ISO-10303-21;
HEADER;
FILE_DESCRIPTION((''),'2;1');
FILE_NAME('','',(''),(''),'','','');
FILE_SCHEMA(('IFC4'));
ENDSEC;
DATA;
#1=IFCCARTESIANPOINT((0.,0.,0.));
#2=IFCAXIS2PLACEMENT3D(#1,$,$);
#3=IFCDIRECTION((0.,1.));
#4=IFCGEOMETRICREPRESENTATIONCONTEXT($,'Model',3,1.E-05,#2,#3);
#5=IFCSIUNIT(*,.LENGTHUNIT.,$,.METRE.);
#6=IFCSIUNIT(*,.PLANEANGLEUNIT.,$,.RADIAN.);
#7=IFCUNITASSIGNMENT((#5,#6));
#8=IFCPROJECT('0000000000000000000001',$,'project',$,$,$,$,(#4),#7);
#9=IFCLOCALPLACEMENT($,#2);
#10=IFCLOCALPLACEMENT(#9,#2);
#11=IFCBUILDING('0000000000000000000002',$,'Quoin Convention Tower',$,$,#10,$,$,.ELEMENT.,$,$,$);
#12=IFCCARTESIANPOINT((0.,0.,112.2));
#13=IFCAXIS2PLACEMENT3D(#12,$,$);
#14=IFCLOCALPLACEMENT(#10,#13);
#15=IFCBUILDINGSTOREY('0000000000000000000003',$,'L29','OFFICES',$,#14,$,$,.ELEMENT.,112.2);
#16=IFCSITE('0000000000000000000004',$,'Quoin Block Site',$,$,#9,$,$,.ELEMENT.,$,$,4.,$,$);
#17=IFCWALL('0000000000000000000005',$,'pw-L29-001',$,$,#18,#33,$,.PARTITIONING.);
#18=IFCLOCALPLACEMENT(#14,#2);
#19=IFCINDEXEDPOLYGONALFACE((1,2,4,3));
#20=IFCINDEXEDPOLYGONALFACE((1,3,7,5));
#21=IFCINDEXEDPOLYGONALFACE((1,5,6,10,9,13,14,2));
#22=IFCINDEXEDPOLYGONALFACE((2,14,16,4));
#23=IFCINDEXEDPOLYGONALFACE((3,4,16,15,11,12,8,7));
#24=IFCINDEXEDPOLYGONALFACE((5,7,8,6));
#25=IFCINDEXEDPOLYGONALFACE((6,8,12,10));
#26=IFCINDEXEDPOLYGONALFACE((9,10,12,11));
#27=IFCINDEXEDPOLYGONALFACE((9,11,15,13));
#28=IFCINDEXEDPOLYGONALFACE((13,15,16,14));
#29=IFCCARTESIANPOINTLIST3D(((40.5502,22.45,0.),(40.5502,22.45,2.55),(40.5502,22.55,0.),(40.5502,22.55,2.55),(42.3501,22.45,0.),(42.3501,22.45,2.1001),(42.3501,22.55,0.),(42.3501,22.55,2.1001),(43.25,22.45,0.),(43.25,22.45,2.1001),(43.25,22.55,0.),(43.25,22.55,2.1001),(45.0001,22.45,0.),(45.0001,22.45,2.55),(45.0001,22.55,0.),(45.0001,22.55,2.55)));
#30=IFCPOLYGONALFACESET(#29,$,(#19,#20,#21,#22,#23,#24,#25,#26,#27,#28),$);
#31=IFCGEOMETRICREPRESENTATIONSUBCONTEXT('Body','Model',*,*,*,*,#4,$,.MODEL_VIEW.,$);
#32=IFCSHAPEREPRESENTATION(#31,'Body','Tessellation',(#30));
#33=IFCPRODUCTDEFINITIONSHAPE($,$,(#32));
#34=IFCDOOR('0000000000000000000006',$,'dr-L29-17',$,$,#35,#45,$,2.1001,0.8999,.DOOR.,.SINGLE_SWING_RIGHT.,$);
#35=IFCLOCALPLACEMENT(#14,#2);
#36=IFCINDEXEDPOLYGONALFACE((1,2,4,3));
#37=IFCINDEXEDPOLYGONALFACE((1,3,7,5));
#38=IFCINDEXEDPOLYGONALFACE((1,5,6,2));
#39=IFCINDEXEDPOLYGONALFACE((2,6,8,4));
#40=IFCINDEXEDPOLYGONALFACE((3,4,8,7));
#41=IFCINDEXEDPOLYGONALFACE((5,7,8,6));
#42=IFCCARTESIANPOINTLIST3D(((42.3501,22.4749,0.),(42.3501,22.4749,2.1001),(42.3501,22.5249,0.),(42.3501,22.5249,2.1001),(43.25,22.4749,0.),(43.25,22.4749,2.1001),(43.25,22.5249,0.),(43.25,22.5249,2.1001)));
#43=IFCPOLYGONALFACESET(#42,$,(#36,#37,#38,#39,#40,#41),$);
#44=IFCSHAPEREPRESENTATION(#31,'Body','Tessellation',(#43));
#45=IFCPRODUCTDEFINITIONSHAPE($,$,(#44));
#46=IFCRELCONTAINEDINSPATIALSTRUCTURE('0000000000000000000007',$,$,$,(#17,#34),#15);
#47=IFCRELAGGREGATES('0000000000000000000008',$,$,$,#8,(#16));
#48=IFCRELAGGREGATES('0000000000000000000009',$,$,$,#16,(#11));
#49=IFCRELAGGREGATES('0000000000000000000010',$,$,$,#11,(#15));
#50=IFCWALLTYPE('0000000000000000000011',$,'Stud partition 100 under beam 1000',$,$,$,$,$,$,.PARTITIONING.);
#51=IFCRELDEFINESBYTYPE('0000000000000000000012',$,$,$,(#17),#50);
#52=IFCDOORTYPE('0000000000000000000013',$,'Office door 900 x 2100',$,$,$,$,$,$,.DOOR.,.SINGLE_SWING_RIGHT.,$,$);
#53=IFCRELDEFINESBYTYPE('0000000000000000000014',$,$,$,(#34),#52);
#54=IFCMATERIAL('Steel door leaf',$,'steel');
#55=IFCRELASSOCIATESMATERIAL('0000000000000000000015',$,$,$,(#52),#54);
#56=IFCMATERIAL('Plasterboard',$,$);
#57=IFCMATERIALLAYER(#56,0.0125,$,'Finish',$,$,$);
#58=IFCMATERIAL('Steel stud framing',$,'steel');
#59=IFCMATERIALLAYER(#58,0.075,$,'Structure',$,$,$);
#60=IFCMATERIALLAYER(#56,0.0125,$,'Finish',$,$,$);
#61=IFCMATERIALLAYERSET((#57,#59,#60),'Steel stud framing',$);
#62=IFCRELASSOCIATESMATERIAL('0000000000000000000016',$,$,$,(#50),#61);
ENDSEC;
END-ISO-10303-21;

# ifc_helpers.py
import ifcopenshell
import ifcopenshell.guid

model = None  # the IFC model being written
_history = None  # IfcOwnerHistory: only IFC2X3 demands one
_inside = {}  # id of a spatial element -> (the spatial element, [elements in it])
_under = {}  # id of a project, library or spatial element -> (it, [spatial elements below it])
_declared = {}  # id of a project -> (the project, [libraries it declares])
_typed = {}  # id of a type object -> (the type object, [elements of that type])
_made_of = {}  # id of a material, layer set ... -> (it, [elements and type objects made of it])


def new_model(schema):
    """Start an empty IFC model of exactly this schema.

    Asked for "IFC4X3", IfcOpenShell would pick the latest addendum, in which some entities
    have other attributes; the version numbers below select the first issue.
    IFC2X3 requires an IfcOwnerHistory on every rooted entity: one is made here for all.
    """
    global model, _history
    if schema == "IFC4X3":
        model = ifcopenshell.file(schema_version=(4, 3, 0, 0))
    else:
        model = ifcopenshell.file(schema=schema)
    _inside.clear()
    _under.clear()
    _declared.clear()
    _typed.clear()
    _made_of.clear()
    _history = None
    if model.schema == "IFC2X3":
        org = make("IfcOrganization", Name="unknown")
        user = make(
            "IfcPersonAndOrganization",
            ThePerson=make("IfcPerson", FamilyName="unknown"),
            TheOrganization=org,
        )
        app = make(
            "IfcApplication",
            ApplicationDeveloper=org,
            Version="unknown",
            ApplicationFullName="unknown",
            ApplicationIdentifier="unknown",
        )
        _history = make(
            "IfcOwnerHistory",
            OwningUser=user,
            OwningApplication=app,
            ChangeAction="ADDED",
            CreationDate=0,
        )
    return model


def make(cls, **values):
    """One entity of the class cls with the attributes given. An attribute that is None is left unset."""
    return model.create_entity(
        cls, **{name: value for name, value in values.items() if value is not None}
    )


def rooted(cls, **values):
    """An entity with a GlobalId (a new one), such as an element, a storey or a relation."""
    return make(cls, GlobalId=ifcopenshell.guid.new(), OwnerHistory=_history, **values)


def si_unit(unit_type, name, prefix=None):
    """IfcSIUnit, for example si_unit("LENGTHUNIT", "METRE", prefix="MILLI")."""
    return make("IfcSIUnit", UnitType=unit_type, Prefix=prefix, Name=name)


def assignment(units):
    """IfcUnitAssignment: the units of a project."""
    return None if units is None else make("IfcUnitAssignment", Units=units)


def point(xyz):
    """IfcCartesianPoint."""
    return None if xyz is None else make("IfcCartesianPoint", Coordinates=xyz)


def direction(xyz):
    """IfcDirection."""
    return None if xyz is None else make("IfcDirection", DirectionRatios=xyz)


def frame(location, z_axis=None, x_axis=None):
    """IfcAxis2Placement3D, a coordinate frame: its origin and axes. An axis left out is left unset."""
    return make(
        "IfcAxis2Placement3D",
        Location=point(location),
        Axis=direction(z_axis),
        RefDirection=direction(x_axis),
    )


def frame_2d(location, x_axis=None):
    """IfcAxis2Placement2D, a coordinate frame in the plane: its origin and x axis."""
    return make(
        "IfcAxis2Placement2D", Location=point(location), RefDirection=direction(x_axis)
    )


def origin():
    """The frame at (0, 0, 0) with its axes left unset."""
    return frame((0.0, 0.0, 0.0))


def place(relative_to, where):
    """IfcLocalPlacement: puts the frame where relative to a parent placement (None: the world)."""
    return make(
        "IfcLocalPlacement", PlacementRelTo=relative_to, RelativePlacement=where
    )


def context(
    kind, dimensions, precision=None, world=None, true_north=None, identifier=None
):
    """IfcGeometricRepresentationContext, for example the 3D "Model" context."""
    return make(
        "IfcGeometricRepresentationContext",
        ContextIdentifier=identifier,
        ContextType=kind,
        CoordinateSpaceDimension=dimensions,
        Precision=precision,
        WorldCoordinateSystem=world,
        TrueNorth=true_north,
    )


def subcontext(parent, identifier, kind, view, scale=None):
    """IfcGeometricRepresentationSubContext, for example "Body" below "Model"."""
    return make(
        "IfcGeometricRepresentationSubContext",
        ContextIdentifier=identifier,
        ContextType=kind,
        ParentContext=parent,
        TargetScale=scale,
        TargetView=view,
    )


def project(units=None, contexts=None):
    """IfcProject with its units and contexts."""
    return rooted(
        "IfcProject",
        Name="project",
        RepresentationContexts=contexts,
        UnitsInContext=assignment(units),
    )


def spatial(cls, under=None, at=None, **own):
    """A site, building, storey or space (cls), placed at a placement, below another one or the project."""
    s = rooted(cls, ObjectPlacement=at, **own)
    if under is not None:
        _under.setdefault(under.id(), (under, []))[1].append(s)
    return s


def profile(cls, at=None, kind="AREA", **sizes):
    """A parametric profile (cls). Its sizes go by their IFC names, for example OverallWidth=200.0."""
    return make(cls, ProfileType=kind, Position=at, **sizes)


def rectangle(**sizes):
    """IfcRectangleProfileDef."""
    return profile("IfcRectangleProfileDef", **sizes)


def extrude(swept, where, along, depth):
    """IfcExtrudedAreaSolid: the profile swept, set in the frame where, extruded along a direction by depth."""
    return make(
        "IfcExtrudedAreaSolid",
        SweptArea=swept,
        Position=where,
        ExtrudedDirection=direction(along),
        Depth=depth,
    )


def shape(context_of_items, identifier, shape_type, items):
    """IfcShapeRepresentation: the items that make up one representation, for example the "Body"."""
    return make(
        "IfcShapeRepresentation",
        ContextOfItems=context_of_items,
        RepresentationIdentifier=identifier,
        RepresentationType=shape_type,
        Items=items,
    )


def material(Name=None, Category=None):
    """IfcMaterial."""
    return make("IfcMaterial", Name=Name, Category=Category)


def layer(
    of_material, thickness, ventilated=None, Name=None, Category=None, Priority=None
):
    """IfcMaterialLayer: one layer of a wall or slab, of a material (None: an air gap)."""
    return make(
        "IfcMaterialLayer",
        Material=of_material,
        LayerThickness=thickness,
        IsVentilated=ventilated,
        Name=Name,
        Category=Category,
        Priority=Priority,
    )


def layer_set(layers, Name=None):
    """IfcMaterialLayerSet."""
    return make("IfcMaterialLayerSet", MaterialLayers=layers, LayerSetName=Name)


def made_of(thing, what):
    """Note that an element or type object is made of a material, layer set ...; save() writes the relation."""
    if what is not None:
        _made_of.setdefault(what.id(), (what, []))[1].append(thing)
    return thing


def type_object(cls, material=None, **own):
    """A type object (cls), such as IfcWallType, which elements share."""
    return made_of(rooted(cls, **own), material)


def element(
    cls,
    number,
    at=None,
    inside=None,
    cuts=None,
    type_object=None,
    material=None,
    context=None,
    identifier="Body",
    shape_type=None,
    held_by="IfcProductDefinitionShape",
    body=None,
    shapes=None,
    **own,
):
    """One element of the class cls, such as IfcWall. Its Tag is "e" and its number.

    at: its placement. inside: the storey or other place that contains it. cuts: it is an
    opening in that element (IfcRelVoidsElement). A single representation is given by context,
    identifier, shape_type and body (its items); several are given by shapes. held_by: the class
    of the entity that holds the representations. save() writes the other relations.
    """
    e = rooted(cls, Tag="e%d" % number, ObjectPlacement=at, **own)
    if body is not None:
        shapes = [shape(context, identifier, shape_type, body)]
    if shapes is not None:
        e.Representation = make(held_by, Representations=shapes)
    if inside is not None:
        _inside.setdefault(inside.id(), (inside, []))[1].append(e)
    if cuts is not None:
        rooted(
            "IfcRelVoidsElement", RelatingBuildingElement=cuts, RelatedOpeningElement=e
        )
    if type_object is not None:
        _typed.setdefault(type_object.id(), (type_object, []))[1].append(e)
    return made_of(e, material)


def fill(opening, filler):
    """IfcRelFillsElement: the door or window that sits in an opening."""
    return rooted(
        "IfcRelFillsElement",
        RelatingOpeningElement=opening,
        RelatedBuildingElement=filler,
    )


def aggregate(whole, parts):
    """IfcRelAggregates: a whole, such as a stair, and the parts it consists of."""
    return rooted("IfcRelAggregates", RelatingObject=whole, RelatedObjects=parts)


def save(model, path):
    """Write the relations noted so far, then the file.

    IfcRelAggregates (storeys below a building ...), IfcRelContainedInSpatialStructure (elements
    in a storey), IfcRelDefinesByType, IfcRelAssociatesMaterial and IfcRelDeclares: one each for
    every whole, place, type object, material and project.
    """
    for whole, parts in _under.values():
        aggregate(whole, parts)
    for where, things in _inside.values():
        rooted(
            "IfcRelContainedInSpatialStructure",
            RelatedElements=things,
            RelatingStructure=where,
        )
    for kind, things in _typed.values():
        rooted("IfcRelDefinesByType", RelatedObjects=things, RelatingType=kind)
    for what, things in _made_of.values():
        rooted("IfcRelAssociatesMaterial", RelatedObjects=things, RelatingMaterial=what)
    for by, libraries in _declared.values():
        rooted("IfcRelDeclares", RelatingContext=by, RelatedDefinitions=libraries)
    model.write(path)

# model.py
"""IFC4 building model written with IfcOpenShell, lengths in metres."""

from ifc_helpers import new_model, si_unit, direction, frame, frame_2d, origin, place, context, subcontext, project, spatial, rectangle, extrude, material, layer, layer_set, type_object, element, fill, save


model = new_model("IFC4")

# Units and contexts
model_context = context("Model", 3, precision=1e-05, world=origin(), true_north=direction((0.0, 1.0)))
body_context = subcontext(model_context, "Body", "Model", "MODEL_VIEW")
ifc_project = project(units=[si_unit("LENGTHUNIT", "METRE"), si_unit("PLANEANGLEUNIT", "RADIAN")], contexts=[model_context])

# Site, building, storey
site_placement = place(None, origin())
site = spatial("IfcSite", under=ifc_project, at=site_placement, Name="Quoin Block Site", CompositionType="ELEMENT", RefElevation=4.0)
building_placement = place(site_placement, origin())
building = spatial("IfcBuilding", under=site, at=building_placement, Name="Quoin Convention Tower", CompositionType="ELEMENT")
storey_placement = place(building_placement, frame((0.0, 0.0, 112.2)))
storey = spatial("IfcBuildingStorey", under=building, at=storey_placement, Name="L29", Description="OFFICES", CompositionType="ELEMENT", Elevation=112.2)

# Shared definitions
ifc_material_1 = material(Name="Plasterboard")
ifc_material_2 = material(Name="Steel stud framing", Category="steel")

# Shared definitions
ifc_material_3 = material(Name="Steel door leaf", Category="steel")
door_type = type_object("IfcDoorType", Name="Office door 900 x 2100", OperationType="SINGLE_SWING_RIGHT", PredefinedType="DOOR", material=ifc_material_3)

# Wall, opening, door
ifc_layer_1 = layer(ifc_material_1, 0.0125, Name="Finish")
ifc_layer_2 = layer(ifc_material_2, 0.075, Name="Structure")
ifc_layer_3 = layer(ifc_material_1, 0.0125, Name="Finish")
ifc_layer_set_1 = layer_set([ifc_layer_1, ifc_layer_2, ifc_layer_3], Name="Steel stud framing")
wall_type_1 = type_object("IfcWallType", Name="Stud partition 100 under beam 1000", PredefinedType="PARTITIONING", material=ifc_layer_set_1)
wall_1_placement = place(storey_placement, frame((40.55, 22.5, 0.0), z_axis=(0.0, 0.0, 1.0), x_axis=(1.0, 0.0, 0.0)))
wall_1 = element("IfcWall", 1, at=wall_1_placement, inside=storey, type_object=wall_type_1, Name="pw-L29-001", PredefinedType="PARTITIONING", context=body_context, shape_type="SweptSolid", body=[
    extrude(rectangle(XDim=4.45, YDim=0.1001, at=frame_2d((2.2251, 0.0))), origin(), (0.0, 0.0, 1.0), 2.55),
])
opening_1_placement = place(wall_1_placement, frame((1.8, 0.0, 0.0)))
opening_1 = element("IfcOpeningElement", 2, at=opening_1_placement, cuts=wall_1, PredefinedType="OPENING", context=body_context, shape_type="SweptSolid", body=[
    extrude(rectangle(XDim=0.8999, YDim=2.1001, at=frame_2d((0.45, 1.05))), frame((0.0, 0.0601, 0.0), z_axis=(0.0, -1.0, 0.0), x_axis=(1.0, 0.0, 0.0)), (0.0, 0.0, 1.0), 0.1201),
])
door_1_placement = place(opening_1_placement, origin())
door_1 = element("IfcDoor", 3, at=door_1_placement, inside=storey, type_object=door_type, Name="dr-L29-17", OperationType="SINGLE_SWING_RIGHT", OverallHeight=2.1001, OverallWidth=0.8999, PredefinedType="DOOR", context=body_context, shape_type="SweptSolid", body=[
    extrude(rectangle(XDim=0.8999, YDim=2.1001, at=frame_2d((0.45, 1.05))), frame((0.0, 0.0249, 0.0), z_axis=(0.0, -1.0, 0.0), x_axis=(1.0, 0.0, 0.0)), (0.0, 0.0, 1.0), 0.05),
])
fill(opening_1, door_1)

save(model, "model.ifc")
